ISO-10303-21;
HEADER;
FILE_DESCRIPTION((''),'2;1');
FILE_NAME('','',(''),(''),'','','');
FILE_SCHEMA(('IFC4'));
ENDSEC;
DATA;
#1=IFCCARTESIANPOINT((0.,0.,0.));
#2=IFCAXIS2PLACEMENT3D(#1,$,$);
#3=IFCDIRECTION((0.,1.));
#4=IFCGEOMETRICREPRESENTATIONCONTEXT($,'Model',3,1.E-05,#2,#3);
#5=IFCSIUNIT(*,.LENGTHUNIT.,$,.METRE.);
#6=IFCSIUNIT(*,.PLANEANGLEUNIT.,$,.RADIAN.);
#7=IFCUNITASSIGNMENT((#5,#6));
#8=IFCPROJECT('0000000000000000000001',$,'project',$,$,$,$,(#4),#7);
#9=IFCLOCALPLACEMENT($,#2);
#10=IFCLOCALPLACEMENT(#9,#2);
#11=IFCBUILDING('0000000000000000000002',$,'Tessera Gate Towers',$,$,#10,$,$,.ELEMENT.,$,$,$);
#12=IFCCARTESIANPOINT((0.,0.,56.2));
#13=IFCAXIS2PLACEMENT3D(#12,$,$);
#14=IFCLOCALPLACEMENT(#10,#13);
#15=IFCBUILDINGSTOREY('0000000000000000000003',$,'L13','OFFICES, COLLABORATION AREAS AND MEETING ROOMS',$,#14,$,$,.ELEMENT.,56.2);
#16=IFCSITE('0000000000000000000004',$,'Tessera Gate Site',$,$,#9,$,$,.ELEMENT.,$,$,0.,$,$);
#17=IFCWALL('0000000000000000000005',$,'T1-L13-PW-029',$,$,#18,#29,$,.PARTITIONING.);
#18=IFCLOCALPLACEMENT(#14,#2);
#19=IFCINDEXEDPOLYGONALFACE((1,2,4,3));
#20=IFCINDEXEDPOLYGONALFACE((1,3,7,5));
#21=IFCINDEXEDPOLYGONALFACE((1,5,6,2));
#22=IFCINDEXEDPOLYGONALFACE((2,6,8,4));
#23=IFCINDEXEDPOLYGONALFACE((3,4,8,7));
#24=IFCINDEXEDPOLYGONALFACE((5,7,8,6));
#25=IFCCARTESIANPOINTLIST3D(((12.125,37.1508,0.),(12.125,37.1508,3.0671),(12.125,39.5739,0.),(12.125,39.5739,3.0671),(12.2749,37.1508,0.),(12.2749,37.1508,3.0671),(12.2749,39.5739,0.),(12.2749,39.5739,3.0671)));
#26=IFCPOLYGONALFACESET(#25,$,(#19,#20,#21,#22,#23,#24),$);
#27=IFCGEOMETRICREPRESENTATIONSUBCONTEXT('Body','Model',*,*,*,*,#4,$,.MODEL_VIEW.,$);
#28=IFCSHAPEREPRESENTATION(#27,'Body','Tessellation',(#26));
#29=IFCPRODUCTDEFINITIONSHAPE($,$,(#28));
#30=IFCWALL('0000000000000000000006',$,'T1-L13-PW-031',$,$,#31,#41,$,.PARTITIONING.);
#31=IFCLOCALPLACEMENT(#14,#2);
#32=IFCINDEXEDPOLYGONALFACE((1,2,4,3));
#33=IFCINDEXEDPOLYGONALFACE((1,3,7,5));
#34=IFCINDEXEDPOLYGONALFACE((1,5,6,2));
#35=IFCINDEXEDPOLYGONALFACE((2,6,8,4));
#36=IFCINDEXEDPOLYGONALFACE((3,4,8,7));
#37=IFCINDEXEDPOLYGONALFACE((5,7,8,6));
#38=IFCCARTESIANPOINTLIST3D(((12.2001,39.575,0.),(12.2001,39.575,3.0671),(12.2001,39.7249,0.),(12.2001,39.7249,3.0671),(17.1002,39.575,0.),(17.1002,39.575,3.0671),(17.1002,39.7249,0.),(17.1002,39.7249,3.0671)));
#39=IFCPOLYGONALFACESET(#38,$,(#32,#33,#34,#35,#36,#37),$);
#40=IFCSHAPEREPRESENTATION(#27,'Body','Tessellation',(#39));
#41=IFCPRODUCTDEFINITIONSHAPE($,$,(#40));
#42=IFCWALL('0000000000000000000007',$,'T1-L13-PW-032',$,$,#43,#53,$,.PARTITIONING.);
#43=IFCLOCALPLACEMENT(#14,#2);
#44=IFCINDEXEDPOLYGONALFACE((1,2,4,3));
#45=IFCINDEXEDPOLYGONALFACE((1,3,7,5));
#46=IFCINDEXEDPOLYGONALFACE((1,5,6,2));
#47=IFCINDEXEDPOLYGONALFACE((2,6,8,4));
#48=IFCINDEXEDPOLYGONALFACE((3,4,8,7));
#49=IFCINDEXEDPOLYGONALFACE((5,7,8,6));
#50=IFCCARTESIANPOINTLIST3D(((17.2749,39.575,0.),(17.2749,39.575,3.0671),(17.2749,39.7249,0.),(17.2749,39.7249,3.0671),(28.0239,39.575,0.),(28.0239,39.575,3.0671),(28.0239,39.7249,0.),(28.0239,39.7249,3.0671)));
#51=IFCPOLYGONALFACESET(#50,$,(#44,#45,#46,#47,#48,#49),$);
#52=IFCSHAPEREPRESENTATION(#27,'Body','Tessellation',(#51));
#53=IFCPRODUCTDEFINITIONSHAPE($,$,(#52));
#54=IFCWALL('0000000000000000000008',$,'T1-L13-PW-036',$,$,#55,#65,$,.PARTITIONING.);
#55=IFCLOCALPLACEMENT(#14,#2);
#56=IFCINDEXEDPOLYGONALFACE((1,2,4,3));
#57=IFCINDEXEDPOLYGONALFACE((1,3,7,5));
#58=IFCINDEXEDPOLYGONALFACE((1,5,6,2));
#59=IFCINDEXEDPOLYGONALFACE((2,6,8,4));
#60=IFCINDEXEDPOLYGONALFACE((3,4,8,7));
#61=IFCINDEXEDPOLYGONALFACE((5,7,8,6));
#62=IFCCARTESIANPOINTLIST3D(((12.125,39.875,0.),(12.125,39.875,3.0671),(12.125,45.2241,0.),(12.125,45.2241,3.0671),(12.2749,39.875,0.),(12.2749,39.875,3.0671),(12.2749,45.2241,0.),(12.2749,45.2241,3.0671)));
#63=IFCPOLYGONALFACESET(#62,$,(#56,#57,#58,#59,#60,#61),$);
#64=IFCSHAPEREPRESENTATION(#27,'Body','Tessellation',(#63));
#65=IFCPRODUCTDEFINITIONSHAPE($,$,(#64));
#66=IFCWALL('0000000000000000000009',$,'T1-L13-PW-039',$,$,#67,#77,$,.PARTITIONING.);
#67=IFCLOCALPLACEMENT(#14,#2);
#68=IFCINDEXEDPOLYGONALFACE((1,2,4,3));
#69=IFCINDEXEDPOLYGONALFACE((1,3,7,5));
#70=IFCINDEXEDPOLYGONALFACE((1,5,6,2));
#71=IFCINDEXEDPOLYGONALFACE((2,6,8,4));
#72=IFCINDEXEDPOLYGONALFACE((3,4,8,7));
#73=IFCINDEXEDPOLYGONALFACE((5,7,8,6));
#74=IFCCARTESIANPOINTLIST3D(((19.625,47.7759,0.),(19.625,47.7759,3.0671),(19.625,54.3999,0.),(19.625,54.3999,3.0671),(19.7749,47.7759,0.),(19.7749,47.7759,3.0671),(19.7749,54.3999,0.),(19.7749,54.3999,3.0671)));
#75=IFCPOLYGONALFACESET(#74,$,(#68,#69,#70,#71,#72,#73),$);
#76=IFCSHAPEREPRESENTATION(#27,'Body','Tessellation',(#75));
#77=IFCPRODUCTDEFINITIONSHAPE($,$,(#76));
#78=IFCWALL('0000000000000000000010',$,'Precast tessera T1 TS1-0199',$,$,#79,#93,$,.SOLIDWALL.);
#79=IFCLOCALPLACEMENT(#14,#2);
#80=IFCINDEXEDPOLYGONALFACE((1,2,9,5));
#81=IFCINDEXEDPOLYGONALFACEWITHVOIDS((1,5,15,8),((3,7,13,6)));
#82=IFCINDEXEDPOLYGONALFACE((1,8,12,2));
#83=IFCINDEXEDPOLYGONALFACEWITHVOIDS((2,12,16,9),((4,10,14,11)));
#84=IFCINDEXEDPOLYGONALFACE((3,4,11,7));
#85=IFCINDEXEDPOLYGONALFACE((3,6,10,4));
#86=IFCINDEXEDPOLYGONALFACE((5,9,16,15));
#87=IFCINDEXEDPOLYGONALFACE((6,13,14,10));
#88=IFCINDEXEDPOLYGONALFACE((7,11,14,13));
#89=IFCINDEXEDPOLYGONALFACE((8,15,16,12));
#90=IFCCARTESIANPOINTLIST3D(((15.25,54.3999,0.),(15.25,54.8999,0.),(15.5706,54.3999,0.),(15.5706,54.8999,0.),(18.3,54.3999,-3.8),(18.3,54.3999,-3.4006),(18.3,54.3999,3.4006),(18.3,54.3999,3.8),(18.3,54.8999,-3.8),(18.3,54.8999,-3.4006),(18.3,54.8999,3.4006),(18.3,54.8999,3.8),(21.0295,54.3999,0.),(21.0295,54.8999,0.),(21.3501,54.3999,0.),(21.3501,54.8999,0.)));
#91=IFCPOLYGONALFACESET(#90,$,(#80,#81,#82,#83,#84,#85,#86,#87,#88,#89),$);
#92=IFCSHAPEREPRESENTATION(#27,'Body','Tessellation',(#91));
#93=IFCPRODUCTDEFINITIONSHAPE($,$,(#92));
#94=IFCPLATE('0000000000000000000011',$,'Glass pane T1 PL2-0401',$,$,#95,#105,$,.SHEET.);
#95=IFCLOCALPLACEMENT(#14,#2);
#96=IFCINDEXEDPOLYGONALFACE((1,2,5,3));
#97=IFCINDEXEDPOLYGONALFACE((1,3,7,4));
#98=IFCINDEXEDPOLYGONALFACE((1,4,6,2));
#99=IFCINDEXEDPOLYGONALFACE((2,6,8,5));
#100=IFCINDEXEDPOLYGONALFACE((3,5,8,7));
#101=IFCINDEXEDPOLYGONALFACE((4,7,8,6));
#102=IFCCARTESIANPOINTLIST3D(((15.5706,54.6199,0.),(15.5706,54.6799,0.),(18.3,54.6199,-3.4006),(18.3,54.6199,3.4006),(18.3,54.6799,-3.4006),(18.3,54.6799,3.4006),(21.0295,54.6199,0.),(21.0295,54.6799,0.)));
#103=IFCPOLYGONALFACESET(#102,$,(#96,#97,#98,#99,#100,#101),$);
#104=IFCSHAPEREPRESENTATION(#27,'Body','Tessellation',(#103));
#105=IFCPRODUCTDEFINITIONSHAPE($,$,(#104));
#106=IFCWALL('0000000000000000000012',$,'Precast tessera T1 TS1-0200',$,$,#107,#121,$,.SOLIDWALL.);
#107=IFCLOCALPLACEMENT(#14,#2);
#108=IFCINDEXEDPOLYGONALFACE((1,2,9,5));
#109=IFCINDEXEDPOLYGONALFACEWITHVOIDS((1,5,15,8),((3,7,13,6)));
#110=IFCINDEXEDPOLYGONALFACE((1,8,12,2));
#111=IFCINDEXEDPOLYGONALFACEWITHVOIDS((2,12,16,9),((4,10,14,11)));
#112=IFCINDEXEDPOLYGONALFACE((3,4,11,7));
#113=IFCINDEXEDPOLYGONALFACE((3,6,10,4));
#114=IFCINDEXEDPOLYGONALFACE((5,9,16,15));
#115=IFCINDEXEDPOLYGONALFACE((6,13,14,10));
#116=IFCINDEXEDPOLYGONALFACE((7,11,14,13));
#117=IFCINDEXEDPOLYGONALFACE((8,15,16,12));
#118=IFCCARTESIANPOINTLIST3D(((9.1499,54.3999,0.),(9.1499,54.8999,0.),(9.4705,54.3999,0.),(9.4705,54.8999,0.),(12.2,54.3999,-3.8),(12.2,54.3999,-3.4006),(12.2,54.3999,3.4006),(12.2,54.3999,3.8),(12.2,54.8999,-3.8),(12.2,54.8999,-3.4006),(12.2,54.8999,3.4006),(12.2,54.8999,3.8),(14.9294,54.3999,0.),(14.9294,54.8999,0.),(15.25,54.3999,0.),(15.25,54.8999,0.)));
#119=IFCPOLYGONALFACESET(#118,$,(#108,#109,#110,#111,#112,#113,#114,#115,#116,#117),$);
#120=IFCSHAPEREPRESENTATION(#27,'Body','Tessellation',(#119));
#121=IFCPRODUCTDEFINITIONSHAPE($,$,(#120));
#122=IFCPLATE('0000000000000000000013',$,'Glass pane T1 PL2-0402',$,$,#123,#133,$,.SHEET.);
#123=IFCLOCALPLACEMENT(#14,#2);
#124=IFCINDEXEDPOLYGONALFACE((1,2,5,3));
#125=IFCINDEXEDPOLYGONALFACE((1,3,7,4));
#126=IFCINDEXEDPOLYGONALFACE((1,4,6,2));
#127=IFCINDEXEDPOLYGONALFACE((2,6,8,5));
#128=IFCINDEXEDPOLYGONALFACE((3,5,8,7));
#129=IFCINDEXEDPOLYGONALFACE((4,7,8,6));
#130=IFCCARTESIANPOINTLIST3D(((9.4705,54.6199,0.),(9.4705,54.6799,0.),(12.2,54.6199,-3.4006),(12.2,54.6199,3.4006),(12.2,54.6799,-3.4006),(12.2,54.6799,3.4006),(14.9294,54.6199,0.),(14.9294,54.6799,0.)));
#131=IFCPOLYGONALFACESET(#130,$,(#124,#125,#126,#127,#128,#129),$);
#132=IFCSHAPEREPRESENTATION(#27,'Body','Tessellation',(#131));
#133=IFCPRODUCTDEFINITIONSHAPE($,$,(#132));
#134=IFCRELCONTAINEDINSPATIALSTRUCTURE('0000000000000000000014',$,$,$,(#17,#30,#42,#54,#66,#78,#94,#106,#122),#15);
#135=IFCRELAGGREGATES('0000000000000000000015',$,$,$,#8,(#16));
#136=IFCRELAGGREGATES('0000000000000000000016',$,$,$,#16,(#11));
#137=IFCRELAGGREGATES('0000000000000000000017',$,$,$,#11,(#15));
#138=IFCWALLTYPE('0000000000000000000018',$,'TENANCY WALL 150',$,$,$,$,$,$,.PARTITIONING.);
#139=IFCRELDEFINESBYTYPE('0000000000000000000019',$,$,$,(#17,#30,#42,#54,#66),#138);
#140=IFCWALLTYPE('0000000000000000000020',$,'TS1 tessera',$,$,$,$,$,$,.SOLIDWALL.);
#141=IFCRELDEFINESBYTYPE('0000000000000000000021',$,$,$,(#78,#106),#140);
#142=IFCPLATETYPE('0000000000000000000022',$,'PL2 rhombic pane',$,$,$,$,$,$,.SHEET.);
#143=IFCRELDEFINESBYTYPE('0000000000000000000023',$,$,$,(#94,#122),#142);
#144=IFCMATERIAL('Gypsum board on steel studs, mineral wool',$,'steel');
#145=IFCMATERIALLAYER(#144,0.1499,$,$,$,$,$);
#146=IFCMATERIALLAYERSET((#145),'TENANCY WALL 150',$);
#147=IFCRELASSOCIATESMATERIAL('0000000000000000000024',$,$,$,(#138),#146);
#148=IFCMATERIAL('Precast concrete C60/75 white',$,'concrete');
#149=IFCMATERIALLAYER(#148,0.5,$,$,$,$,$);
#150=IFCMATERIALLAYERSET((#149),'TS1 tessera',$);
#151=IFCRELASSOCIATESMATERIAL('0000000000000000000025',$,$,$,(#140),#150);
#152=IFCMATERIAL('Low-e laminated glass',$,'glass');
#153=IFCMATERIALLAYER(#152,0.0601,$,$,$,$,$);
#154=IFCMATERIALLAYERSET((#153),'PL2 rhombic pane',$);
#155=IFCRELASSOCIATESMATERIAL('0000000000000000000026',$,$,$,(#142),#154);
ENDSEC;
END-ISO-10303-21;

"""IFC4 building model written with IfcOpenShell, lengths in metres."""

from ifc_helpers import new_model, si_unit, direction, frame, frame_2d, origin, place, context, subcontext, project, spatial, polyline, rectangle, outline, extrude, source, transform, mapped, material, layer, layer_set, type_object, element, fill, save


model = new_model("IFC4")

# Units and contexts
model_context = context("Model", 3, precision=1e-05, world=origin(), true_north=direction((0.0, 1.0)))
body_context = subcontext(model_context, "Body", "Model", "MODEL_VIEW")
ifc_project = project(units=[si_unit("LENGTHUNIT", "METRE"), si_unit("PLANEANGLEUNIT", "RADIAN")], contexts=[model_context])

# Site, building, storey
site_placement = place(None, origin())
site = spatial("IfcSite", under=ifc_project, at=site_placement, Name="Tessera Gate Site", CompositionType="ELEMENT", RefElevation=0.0)
building_placement = place(site_placement, origin())
building = spatial("IfcBuilding", under=site, at=building_placement, Name="Tessera Gate Towers", CompositionType="ELEMENT")
storey_placement = place(building_placement, frame((0.0, 0.0, 56.2)))
storey = spatial("IfcBuildingStorey", under=building, at=storey_placement, Name="L13", Description="OFFICES, COLLABORATION AREAS AND MEETING ROOMS", CompositionType="ELEMENT", Elevation=56.2)

# Walls
ifc_material_1 = material(Name="Gypsum board on steel studs, mineral wool", Category="steel")
ifc_layer_1 = layer(ifc_material_1, 0.1499)
ifc_layer_set_1 = layer_set([ifc_layer_1], Name="TENANCY WALL 150")
wall_type_1 = type_object("IfcWallType", Name="TENANCY WALL 150", PredefinedType="PARTITIONING", material=ifc_layer_set_1)
wall_1_placement = place(storey_placement, frame((12.2, 37.1509, 0.0), z_axis=(0.0, 0.0, 1.0), x_axis=(0.0, 1.0, 0.0)))
element("IfcWall", 1, at=wall_1_placement, inside=storey, type_object=wall_type_1, Name="T1-L13-PW-029", PredefinedType="PARTITIONING", context=body_context, shape_type="SweptSolid", body=[
    extrude(rectangle(XDim=2.4231, YDim=0.1499, at=frame_2d((1.2114, 0.0))), origin(), (0.0, 0.0, 1.0), 3.0671),
])
wall_2_placement = place(storey_placement, frame((12.2, 39.6499, 0.0), z_axis=(0.0, 0.0, 1.0), x_axis=(1.0, 0.0, 0.0)))
element("IfcWall", 2, at=wall_2_placement, inside=storey, type_object=wall_type_1, Name="T1-L13-PW-031", PredefinedType="PARTITIONING", context=body_context, shape_type="SweptSolid", body=[
    extrude(rectangle(XDim=4.9001, YDim=0.1499, at=frame_2d((2.4502, 0.0))), origin(), (0.0, 0.0, 1.0), 3.0671),
])
wall_3_placement = place(storey_placement, frame((17.2749, 39.6499, 0.0), z_axis=(0.0, 0.0, 1.0), x_axis=(1.0, 0.0, 0.0)))
element("IfcWall", 3, at=wall_3_placement, inside=storey, type_object=wall_type_1, Name="T1-L13-PW-032", PredefinedType="PARTITIONING", context=body_context, shape_type="SweptSolid", body=[
    extrude(rectangle(XDim=10.749, YDim=0.1499, at=frame_2d((5.3745, 0.0))), origin(), (0.0, 0.0, 1.0), 3.0671),
])
wall_4_placement = place(storey_placement, frame((12.2, 39.875, 0.0), z_axis=(0.0, 0.0, 1.0), x_axis=(0.0, 1.0, 0.0)))
element("IfcWall", 4, at=wall_4_placement, inside=storey, type_object=wall_type_1, Name="T1-L13-PW-036", PredefinedType="PARTITIONING", context=body_context, shape_type="SweptSolid", body=[
    extrude(rectangle(XDim=5.3491, YDim=0.1499, at=frame_2d((2.6746, 0.0))), origin(), (0.0, 0.0, 1.0), 3.0671),
])
wall_5_placement = place(storey_placement, frame((19.7, 47.7759, 0.0), z_axis=(0.0, 0.0, 1.0), x_axis=(0.0, 1.0, 0.0)))
element("IfcWall", 5, at=wall_5_placement, inside=storey, type_object=wall_type_1, Name="T1-L13-PW-039", PredefinedType="PARTITIONING", context=body_context, shape_type="SweptSolid", body=[
    extrude(rectangle(XDim=6.624, YDim=0.1499, at=frame_2d((3.312, 0.0))), origin(), (0.0, 0.0, 1.0), 3.0671),
])

# Walls, openings, plates
ifc_material_2 = material(Name="Precast concrete C60/75 white", Category="concrete")
ifc_layer_2 = layer(ifc_material_2, 0.5)
ifc_layer_set_2 = layer_set([ifc_layer_2], Name="TS1 tessera")
wall_type_2 = type_object("IfcWallType", Name="TS1 tessera", PredefinedType="SOLIDWALL", material=ifc_layer_set_2)
shared_shape_1 = source(origin(), body_context, "Body", "SweptSolid", [
    extrude(outline(polyline([(3.05, 0.0), (6.1001, 3.8), (3.05, 7.6001), (0.0, 3.8), (3.05, 0.0)])), frame((0.0, 0.25, 0.0), z_axis=(0.0, -1.0, 0.0), x_axis=(1.0, 0.0, 0.0)), (0.0, 0.0, 1.0), 0.5),
])
wall_6_placement = place(storey_placement, frame((21.3501, 54.6499, -3.8), z_axis=(0.0, 0.0, 1.0), x_axis=(-1.0, 0.0, 0.0)))
wall_6 = element("IfcWall", 6, at=wall_6_placement, inside=storey, type_object=wall_type_2, Name="Precast tessera T1 TS1-0199", PredefinedType="SOLIDWALL", context=body_context, shape_type="MappedRepresentation", body=[
    mapped(shared_shape_1, transform((0.0, 0.0, 0.0), scale=1.0)),
])
shared_shape_2 = source(origin(), body_context, "Body", "SweptSolid", [
    extrude(outline(polyline([(3.05, 0.3994), (5.7795, 3.8), (3.05, 7.2007), (0.3206, 3.8), (3.05, 0.3994)])), frame((0.0, 0.26, 0.0), z_axis=(0.0, -1.0, 0.0), x_axis=(1.0, 0.0, 0.0)), (0.0, 0.0, 1.0), 0.52),
])
opening_1_placement = place(wall_6_placement, origin())
opening_1 = element("IfcOpeningElement", 7, at=opening_1_placement, cuts=wall_6, PredefinedType="OPENING", context=body_context, shape_type="MappedRepresentation", body=[
    mapped(shared_shape_2, transform((0.0, 0.0, 0.0), scale=1.0)),
])
ifc_material_3 = material(Name="Low-e laminated glass", Category="glass")
ifc_layer_3 = layer(ifc_material_3, 0.0601)
ifc_layer_set_3 = layer_set([ifc_layer_3], Name="PL2 rhombic pane")
plate_type = type_object("IfcPlateType", Name="PL2 rhombic pane", PredefinedType="SHEET", material=ifc_layer_set_3)
shared_shape_3 = source(origin(), body_context, "Body", "SweptSolid", [
    extrude(outline(polyline([(3.05, 0.3994), (5.7795, 3.8), (3.05, 7.2007), (0.3206, 3.8), (3.05, 0.3994)])), frame((0.0, 0.03, 0.0), z_axis=(0.0, -1.0, 0.0), x_axis=(1.0, 0.0, 0.0)), (0.0, 0.0, 1.0), 0.0601),
])
plate_1_placement = place(opening_1_placement, origin())
plate_1 = element("IfcPlate", 8, at=plate_1_placement, inside=storey, type_object=plate_type, Name="Glass pane T1 PL2-0401", PredefinedType="SHEET", context=body_context, shape_type="MappedRepresentation", body=[
    mapped(shared_shape_3, transform((0.0, 0.0, 0.0), scale=1.0)),
])
fill(opening_1, plate_1)
wall_7_placement = place(storey_placement, frame((15.25, 54.6499, -3.8), z_axis=(0.0, 0.0, 1.0), x_axis=(-1.0, 0.0, 0.0)))
wall_7 = element("IfcWall", 9, at=wall_7_placement, inside=storey, type_object=wall_type_2, Name="Precast tessera T1 TS1-0200", PredefinedType="SOLIDWALL", context=body_context, shape_type="MappedRepresentation", body=[
    mapped(shared_shape_1, transform((0.0, 0.0, 0.0), scale=1.0)),
])
opening_2_placement = place(wall_7_placement, origin())
opening_2 = element("IfcOpeningElement", 10, at=opening_2_placement, cuts=wall_7, PredefinedType="OPENING", context=body_context, shape_type="MappedRepresentation", body=[
    mapped(shared_shape_2, transform((0.0, 0.0, 0.0), scale=1.0)),
])
plate_2_placement = place(opening_2_placement, origin())
plate_2 = element("IfcPlate", 11, at=plate_2_placement, inside=storey, type_object=plate_type, Name="Glass pane T1 PL2-0402", PredefinedType="SHEET", context=body_context, shape_type="MappedRepresentation", body=[
    mapped(shared_shape_3, transform((0.0, 0.0, 0.0), scale=1.0)),
])
fill(opening_2, plate_2)

save(model, "model.ifc")
